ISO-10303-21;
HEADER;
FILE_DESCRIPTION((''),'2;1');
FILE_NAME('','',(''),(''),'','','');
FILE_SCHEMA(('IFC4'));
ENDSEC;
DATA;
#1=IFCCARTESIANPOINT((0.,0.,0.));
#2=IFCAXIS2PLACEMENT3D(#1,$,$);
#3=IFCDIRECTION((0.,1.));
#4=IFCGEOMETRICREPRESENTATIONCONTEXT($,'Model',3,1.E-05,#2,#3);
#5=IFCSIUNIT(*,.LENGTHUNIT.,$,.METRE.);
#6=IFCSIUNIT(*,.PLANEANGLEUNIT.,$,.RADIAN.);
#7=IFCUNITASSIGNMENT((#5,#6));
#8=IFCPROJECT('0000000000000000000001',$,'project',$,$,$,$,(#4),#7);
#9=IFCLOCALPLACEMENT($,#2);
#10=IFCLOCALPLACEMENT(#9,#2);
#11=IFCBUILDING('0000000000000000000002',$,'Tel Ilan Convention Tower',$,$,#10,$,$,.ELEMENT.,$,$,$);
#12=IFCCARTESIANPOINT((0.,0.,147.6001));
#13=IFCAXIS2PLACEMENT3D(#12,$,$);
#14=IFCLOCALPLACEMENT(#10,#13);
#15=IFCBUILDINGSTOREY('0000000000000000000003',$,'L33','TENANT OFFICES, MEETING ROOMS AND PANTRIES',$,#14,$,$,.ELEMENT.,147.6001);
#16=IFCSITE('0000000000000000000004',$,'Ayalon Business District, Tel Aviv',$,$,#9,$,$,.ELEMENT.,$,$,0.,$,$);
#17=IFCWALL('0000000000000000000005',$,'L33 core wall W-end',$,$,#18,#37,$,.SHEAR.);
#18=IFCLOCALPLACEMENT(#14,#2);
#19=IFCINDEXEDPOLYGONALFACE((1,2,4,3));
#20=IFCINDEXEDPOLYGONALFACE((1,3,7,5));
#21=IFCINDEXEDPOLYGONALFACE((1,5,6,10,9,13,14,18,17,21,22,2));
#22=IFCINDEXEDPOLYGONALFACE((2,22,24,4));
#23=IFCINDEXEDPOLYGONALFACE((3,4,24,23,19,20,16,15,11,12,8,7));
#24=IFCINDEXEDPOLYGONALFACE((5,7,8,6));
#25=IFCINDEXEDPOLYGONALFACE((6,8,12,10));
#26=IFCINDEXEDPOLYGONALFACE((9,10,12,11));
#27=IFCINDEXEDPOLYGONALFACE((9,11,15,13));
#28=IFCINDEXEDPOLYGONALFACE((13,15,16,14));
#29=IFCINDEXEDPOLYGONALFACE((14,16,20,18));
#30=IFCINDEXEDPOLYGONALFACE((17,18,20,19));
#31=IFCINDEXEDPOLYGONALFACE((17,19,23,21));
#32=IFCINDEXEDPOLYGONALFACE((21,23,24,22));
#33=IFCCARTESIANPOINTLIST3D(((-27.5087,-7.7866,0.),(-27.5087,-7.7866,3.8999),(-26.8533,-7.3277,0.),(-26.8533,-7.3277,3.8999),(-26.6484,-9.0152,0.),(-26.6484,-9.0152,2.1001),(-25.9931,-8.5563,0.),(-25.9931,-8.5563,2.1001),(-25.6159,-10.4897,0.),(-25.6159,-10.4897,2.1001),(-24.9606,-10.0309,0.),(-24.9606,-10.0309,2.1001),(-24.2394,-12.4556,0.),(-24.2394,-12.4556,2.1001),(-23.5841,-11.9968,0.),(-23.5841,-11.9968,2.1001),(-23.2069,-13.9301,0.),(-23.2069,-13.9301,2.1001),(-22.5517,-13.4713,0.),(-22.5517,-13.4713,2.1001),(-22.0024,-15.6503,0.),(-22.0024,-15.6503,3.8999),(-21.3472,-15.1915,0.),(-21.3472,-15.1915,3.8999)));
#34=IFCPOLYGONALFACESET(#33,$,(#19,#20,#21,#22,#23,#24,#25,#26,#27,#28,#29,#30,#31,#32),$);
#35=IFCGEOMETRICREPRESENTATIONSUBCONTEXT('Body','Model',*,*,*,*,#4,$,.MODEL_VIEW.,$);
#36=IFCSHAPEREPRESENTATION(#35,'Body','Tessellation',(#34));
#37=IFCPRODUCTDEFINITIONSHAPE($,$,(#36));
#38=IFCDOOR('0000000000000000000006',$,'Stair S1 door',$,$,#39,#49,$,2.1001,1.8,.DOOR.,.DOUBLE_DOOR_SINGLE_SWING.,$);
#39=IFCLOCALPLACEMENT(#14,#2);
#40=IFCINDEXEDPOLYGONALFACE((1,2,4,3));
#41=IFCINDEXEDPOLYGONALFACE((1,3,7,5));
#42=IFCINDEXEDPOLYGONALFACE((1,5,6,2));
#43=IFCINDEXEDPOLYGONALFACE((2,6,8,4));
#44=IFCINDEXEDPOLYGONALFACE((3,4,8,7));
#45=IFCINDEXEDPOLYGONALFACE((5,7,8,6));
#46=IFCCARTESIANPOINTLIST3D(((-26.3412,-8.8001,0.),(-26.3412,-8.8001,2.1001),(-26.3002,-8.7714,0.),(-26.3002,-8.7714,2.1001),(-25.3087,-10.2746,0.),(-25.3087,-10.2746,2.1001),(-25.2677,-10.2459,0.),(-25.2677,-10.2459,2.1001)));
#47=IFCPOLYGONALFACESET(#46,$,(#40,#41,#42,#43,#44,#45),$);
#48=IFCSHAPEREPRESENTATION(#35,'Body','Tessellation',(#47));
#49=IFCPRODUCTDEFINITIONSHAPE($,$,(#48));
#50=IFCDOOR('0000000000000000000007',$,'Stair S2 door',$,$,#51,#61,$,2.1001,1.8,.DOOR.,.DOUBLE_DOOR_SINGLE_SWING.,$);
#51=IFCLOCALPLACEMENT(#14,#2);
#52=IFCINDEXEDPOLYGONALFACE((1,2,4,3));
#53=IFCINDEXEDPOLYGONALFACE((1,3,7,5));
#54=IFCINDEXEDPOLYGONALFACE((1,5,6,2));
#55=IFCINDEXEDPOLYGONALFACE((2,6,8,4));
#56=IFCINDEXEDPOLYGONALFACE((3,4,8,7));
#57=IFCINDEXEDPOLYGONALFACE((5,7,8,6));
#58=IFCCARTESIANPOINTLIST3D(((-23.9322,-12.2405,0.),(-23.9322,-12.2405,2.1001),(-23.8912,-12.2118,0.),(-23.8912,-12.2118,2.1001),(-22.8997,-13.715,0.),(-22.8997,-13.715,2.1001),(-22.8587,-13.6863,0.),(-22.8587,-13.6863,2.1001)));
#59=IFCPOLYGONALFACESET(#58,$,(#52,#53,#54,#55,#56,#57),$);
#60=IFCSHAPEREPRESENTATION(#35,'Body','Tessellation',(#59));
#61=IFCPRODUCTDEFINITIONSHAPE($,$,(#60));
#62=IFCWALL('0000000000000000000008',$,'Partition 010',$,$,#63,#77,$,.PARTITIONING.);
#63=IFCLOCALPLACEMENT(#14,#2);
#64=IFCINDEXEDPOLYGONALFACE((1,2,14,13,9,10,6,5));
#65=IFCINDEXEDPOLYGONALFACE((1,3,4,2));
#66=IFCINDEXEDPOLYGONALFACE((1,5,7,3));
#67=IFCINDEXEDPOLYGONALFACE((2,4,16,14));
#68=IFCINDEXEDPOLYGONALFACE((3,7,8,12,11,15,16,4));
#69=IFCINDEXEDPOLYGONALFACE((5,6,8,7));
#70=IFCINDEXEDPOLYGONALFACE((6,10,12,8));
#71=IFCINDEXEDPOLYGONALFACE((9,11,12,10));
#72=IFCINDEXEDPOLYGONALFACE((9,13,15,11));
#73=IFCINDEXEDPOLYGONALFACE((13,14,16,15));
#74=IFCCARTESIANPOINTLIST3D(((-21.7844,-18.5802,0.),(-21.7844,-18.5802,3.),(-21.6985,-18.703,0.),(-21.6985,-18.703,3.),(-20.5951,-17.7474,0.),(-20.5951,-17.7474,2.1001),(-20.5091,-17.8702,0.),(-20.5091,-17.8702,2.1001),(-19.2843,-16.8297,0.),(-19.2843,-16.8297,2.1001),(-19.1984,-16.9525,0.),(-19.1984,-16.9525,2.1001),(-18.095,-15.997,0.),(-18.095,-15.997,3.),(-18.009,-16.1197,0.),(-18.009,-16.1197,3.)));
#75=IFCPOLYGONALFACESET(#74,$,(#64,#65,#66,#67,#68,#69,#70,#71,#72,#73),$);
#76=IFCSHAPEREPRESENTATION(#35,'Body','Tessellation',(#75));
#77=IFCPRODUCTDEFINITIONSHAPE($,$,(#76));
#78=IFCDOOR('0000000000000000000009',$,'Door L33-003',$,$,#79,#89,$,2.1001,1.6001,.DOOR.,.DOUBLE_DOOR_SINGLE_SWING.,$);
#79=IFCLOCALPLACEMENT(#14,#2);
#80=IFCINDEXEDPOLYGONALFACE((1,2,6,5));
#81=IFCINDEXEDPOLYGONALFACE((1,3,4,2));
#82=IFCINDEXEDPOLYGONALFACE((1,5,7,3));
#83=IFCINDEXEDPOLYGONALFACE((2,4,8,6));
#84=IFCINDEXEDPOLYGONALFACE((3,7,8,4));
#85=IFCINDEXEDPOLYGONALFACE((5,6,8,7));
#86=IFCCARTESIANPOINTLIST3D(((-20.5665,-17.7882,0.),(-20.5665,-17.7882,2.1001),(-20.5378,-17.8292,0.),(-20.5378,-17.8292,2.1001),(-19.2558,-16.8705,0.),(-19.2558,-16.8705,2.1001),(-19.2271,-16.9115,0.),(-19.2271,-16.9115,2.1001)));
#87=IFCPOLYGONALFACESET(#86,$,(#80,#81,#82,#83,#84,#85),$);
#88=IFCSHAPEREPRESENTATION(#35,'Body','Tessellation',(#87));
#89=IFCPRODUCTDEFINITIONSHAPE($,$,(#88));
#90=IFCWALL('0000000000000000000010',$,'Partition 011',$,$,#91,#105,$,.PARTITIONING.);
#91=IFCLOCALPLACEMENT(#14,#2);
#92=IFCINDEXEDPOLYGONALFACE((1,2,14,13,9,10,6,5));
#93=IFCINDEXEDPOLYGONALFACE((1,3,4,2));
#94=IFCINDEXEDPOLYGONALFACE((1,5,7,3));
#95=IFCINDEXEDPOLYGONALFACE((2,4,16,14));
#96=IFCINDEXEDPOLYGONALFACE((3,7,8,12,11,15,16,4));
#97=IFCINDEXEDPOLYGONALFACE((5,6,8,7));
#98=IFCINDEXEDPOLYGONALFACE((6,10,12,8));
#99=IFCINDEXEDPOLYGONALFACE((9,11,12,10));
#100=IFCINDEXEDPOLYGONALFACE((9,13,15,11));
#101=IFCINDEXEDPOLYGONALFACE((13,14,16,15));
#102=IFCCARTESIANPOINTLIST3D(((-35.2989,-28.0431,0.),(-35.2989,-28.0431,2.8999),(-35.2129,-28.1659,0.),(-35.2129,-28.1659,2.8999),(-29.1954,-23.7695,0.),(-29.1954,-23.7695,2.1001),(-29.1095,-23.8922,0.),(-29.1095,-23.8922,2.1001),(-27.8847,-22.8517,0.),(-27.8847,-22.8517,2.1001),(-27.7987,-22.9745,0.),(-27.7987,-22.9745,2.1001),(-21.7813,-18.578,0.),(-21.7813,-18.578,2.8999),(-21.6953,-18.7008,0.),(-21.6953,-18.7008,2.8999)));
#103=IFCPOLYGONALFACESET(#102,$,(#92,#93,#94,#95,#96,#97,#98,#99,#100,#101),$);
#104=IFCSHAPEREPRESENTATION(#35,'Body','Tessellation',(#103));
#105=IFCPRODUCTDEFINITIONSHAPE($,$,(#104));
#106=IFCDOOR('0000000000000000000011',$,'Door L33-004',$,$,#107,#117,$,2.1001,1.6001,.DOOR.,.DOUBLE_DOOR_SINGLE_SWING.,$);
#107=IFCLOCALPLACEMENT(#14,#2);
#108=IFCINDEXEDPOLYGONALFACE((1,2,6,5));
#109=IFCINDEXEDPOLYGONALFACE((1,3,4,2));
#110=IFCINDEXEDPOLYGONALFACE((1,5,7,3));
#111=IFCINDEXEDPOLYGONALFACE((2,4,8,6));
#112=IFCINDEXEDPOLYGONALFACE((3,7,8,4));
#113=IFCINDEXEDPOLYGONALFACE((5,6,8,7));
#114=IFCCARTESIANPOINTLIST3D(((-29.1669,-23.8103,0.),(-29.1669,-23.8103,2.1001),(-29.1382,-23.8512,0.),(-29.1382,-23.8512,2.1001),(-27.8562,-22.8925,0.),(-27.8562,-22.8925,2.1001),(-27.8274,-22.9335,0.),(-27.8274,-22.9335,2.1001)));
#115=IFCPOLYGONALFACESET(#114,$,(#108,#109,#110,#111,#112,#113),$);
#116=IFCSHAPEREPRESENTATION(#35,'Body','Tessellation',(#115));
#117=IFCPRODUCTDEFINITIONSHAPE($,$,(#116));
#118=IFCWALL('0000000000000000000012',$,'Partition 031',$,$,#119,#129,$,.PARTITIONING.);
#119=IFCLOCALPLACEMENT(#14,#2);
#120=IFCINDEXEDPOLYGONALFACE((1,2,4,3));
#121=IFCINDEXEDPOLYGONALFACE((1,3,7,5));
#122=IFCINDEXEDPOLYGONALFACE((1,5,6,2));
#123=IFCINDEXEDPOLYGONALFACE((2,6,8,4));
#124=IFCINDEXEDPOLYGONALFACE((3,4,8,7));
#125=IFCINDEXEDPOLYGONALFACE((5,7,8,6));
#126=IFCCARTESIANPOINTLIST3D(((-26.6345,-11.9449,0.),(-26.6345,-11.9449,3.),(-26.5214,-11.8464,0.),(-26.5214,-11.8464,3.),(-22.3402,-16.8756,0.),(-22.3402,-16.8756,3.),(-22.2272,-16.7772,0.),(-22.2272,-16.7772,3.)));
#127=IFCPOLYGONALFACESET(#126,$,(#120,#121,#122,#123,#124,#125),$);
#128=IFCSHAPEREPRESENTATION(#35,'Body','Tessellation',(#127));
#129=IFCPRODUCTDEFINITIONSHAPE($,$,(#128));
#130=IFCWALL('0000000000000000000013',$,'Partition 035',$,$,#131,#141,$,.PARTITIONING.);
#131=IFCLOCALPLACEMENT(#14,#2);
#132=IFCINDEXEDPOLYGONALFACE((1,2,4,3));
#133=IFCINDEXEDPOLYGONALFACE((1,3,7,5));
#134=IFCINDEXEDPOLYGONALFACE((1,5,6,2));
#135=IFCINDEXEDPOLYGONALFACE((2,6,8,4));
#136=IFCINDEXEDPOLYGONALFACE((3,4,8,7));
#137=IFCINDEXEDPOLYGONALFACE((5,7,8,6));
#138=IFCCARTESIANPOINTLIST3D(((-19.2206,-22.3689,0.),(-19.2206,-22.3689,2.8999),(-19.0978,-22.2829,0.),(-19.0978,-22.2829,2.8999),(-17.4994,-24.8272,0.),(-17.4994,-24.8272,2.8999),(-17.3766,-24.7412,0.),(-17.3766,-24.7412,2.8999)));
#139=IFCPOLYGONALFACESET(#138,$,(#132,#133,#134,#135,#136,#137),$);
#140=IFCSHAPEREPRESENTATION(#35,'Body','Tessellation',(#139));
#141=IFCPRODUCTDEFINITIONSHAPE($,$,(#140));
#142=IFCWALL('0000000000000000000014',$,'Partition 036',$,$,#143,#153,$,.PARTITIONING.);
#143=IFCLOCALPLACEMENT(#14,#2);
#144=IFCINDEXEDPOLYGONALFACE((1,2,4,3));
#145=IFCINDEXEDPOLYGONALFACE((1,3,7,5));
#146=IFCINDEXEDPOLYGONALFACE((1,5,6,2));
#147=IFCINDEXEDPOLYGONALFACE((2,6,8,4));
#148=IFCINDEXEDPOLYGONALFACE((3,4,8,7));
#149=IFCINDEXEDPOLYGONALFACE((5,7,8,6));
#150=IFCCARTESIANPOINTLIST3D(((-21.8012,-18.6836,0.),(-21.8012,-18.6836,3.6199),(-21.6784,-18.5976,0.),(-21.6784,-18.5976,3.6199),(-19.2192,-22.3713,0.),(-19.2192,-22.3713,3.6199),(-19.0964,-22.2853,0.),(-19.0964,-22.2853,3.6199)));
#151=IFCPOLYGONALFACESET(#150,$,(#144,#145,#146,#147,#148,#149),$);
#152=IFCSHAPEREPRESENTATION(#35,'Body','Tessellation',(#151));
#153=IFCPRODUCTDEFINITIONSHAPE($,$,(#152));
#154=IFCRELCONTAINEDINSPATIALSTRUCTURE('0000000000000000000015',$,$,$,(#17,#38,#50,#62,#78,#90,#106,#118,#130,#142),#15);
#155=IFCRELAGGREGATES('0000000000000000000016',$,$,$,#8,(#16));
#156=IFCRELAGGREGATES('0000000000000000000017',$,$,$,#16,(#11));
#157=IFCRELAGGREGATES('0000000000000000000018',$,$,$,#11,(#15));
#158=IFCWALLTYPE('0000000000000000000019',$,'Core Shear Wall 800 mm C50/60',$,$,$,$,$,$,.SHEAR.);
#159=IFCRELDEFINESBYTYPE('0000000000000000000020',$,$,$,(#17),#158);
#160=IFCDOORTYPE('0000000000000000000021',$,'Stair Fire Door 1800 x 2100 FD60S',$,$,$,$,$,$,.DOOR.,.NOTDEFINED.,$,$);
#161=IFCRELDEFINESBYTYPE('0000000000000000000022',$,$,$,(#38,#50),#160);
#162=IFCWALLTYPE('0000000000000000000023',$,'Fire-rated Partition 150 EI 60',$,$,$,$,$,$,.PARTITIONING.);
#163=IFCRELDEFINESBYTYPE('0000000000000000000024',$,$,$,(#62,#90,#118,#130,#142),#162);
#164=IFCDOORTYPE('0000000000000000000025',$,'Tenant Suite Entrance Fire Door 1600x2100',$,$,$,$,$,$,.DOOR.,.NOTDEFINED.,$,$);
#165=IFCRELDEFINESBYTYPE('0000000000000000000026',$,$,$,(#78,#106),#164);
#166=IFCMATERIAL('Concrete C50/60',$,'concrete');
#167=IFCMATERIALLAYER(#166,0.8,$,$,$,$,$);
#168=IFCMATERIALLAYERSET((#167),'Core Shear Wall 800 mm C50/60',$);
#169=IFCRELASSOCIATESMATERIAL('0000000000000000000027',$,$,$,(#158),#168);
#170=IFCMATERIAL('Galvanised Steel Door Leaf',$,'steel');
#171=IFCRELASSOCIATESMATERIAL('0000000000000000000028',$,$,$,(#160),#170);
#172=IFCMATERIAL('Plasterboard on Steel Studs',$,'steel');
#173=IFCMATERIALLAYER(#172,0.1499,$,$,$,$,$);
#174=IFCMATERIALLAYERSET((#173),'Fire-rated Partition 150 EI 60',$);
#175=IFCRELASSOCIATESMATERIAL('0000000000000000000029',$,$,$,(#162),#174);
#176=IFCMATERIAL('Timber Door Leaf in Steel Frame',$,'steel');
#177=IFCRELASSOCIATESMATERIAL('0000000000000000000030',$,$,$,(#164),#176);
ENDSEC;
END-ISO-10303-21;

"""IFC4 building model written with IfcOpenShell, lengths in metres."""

from ifc_helpers import new_model, si_unit, direction, frame, frame_2d, origin, place, context, subcontext, project, spatial, polyline, rectangle, outline, extrude, material, layer, layer_set, type_object, element, fill, save


model = new_model("IFC4")

# Units and contexts
model_context = context("Model", 3, precision=1e-05, world=origin(), true_north=direction((0.0, 1.0)))
body_context = subcontext(model_context, "Body", "Model", "MODEL_VIEW")
ifc_project = project(units=[si_unit("LENGTHUNIT", "METRE"), si_unit("PLANEANGLEUNIT", "RADIAN")], contexts=[model_context])

# Site, building, storey
site_placement = place(None, origin())
site = spatial("IfcSite", under=ifc_project, at=site_placement, Name="Ayalon Business District, Tel Aviv", CompositionType="ELEMENT", RefElevation=0.0)
building_placement = place(site_placement, origin())
building = spatial("IfcBuilding", under=site, at=building_placement, Name="Tel Ilan Convention Tower", CompositionType="ELEMENT")
storey_placement = place(building_placement, frame((0.0, 0.0, 147.6001)))
storey = spatial("IfcBuildingStorey", under=building, at=storey_placement, Name="L33", Description="TENANT OFFICES, MEETING ROOMS AND PANTRIES", CompositionType="ELEMENT", Elevation=147.6001)

# Wall, openings, doors
ifc_material_1 = material(Name="Concrete C50/60", Category="concrete")
ifc_layer_1 = layer(ifc_material_1, 0.8)
ifc_layer_set_1 = layer_set([ifc_layer_1], Name="Core Shear Wall 800 mm C50/60")
wall_type_1 = type_object("IfcWallType", Name="Core Shear Wall 800 mm C50/60", PredefinedType="SHEAR", material=ifc_layer_set_1)
wall_1_placement = place(storey_placement, frame((-21.6748, -15.4209, 0.0), z_axis=(0.0, 0.0, 1.0), x_axis=(-0.573582, 0.819148, 0.0)))
wall_1 = element("IfcWall", 1, at=wall_1_placement, inside=storey, type_object=wall_type_1, Name="L33 core wall W-end", PredefinedType="SHEAR", context=body_context, shape_type="SweptSolid", body=[
    extrude(outline(polyline([(0.0, 0.3999), (0.0, -0.3999), (9.5999, -0.4001), (9.5999, 0.3999), (0.0, 0.3999)])), origin(), (0.0, 0.0, 1.0), 3.8999),
])
opening_1_placement = place(wall_1_placement, frame((6.3, 0.0, 0.0)))
opening_1 = element("IfcOpeningElement", 2, at=opening_1_placement, cuts=wall_1, PredefinedType="OPENING", context=body_context, shape_type="SweptSolid", body=[
    extrude(rectangle(XDim=1.8, YDim=2.1001, at=frame_2d((0.8999, 1.05))), frame((0.0, 0.4099, 0.0), z_axis=(0.0, -1.0, 0.0), x_axis=(1.0, 0.0, 0.0)), (0.0, 0.0, 1.0), 0.8201),
])
opening_2_placement = place(wall_1_placement, frame((2.1001, 0.0, 0.0)))
opening_2 = element("IfcOpeningElement", 3, at=opening_2_placement, cuts=wall_1, PredefinedType="OPENING", context=body_context, shape_type="SweptSolid", body=[
    extrude(rectangle(XDim=1.8, YDim=2.1001, at=frame_2d((0.8999, 1.05))), frame((0.0, 0.4099, 0.0), z_axis=(0.0, -1.0, 0.0), x_axis=(1.0, 0.0, 0.0)), (0.0, 0.0, 1.0), 0.8201),
])
ifc_material_2 = material(Name="Galvanised Steel Door Leaf", Category="steel")
door_type_1 = type_object("IfcDoorType", Name="Stair Fire Door 1800 x 2100 FD60S", OperationType="NOTDEFINED", PredefinedType="DOOR", material=ifc_material_2)
door_1_placement = place(opening_1_placement, origin())
door_1 = element("IfcDoor", 4, at=door_1_placement, inside=storey, type_object=door_type_1, Name="Stair S1 door", OperationType="DOUBLE_DOOR_SINGLE_SWING", OverallHeight=2.1001, OverallWidth=1.8, PredefinedType="DOOR", context=body_context, shape_type="SweptSolid", body=[
    extrude(rectangle(XDim=1.8, YDim=2.1001, at=frame_2d((0.8999, 1.05))), frame((0.0, 0.0249, 0.0), z_axis=(0.0, -1.0, 0.0), x_axis=(1.0, 0.0, 0.0)), (0.0, 0.0, 1.0), 0.05),
])
fill(opening_1, door_1)
door_2_placement = place(opening_2_placement, origin())
door_2 = element("IfcDoor", 5, at=door_2_placement, inside=storey, type_object=door_type_1, Name="Stair S2 door", OperationType="DOUBLE_DOOR_SINGLE_SWING", OverallHeight=2.1001, OverallWidth=1.8, PredefinedType="DOOR", context=body_context, shape_type="SweptSolid", body=[
    extrude(rectangle(XDim=1.8, YDim=2.1001, at=frame_2d((0.8999, 1.05))), frame((0.0, 0.0249, 0.0), z_axis=(0.0, -1.0, 0.0), x_axis=(1.0, 0.0, 0.0)), (0.0, 0.0, 1.0), 0.05),
])
fill(opening_2, door_2)

# Walls, openings, doors
ifc_material_3 = material(Name="Plasterboard on Steel Studs", Category="steel")
ifc_layer_2 = layer(ifc_material_3, 0.1499)
ifc_layer_set_2 = layer_set([ifc_layer_2], Name="Fire-rated Partition 150 EI 60")
wall_type_2 = type_object("IfcWallType", Name="Fire-rated Partition 150 EI 60", PredefinedType="PARTITIONING", material=ifc_layer_set_2)
wall_2_placement = place(storey_placement, frame((-18.052, -16.0583, 0.0), z_axis=(0.0, 0.0, 1.0), x_axis=(-0.819166, -0.573557, 0.0)))
wall_2 = element("IfcWall", 6, at=wall_2_placement, inside=storey, type_object=wall_type_2, Name="Partition 010", PredefinedType="PARTITIONING", context=body_context, shape_type="SweptSolid", body=[
    extrude(rectangle(XDim=4.5039, YDim=0.1499, at=frame_2d((2.252, 0.0))), origin(), (0.0, 0.0, 1.0), 3.0),
])
opening_3_placement = place(wall_2_placement, frame((1.4519, 0.0, 0.0)))
opening_3 = element("IfcOpeningElement", 7, at=opening_3_placement, cuts=wall_2, PredefinedType="OPENING", context=body_context, shape_type="SweptSolid", body=[
    extrude(rectangle(XDim=1.6001, YDim=2.1001, at=frame_2d((0.8, 1.05))), frame((0.0, 0.085, 0.0), z_axis=(0.0, -1.0, 0.0), x_axis=(1.0, 0.0, 0.0)), (0.0, 0.0, 1.0), 0.1699),
])
ifc_material_4 = material(Name="Timber Door Leaf in Steel Frame", Category="steel")
door_type_2 = type_object("IfcDoorType", Name="Tenant Suite Entrance Fire Door 1600x2100", OperationType="NOTDEFINED", PredefinedType="DOOR", material=ifc_material_4)
door_3_placement = place(opening_3_placement, origin())
door_3 = element("IfcDoor", 8, at=door_3_placement, inside=storey, type_object=door_type_2, Name="Door L33-003", OperationType="DOUBLE_DOOR_SINGLE_SWING", OverallHeight=2.1001, OverallWidth=1.6001, PredefinedType="DOOR", context=body_context, shape_type="SweptSolid", body=[
    extrude(rectangle(XDim=1.6001, YDim=2.1001, at=frame_2d((0.8, 1.05))), frame((0.0, 0.0249, 0.0), z_axis=(0.0, -1.0, 0.0), x_axis=(1.0, 0.0, 0.0)), (0.0, 0.0, 1.0), 0.05),
])
fill(opening_3, door_3)
wall_3_placement = place(storey_placement, frame((-21.7383, -18.6394, 0.0), z_axis=(0.0, 0.0, 1.0), x_axis=(-0.819153, -0.573576, 0.0)))
wall_3 = element("IfcWall", 9, at=wall_3_placement, inside=storey, type_object=wall_type_2, Name="Partition 011", PredefinedType="PARTITIONING", context=body_context, shape_type="SweptSolid", body=[
    extrude(rectangle(XDim=16.502, YDim=0.1499, at=frame_2d((8.251, 0.0))), origin(), (0.0, 0.0, 1.0), 2.8999),
])
opening_4_placement = place(wall_3_placement, frame((7.4509, 0.0, 0.0)))
opening_4 = element("IfcOpeningElement", 10, at=opening_4_placement, cuts=wall_3, PredefinedType="OPENING", context=body_context, shape_type="SweptSolid", body=[
    extrude(rectangle(XDim=1.6001, YDim=2.1001, at=frame_2d((0.8, 1.05))), frame((0.0, 0.085, 0.0), z_axis=(0.0, -1.0, 0.0), x_axis=(1.0, 0.0, 0.0)), (0.0, 0.0, 1.0), 0.1699),
])
door_4_placement = place(opening_4_placement, origin())
door_4 = element("IfcDoor", 11, at=door_4_placement, inside=storey, type_object=door_type_2, Name="Door L33-004", OperationType="DOUBLE_DOOR_SINGLE_SWING", OverallHeight=2.1001, OverallWidth=1.6001, PredefinedType="DOOR", context=body_context, shape_type="SweptSolid", body=[
    extrude(rectangle(XDim=1.6001, YDim=2.1001, at=frame_2d((0.8, 1.05))), frame((0.0, 0.0249, 0.0), z_axis=(0.0, -1.0, 0.0), x_axis=(1.0, 0.0, 0.0)), (0.0, 0.0, 1.0), 0.05),
])
fill(opening_4, door_4)

# Walls
wall_4_placement = place(storey_placement, frame((-22.2837, -16.8264, 0.0), z_axis=(0.0, 0.0, 1.0), x_axis=(-0.656758, 0.754101, 0.0)))
element("IfcWall", 12, at=wall_4_placement, inside=storey, type_object=wall_type_2, Name="Partition 031", PredefinedType="PARTITIONING", context=body_context, shape_type="SweptSolid", body=[
    extrude(rectangle(XDim=6.5386, YDim=0.1499, at=frame_2d((3.2693, 0.0))), origin(), (0.0, 0.0, 1.0), 3.0),
])
wall_5_placement = place(storey_placement, frame((-17.438, -24.7842, 0.0), z_axis=(0.0, 0.0, 1.0), x_axis=(-0.573555, 0.819167, 0.0)))
element("IfcWall", 13, at=wall_5_placement, inside=storey, type_object=wall_type_2, Name="Partition 035", PredefinedType="PARTITIONING", context=body_context, shape_type="SweptSolid", body=[
    extrude(rectangle(XDim=3.001, YDim=0.1499, at=frame_2d((1.5005, 0.0))), origin(), (0.0, 0.0, 1.0), 2.8999),
])
wall_6_placement = place(storey_placement, frame((-19.1577, -22.3284, 0.0), z_axis=(0.0, 0.0, 1.0), x_axis=(-0.573553, 0.819168, 0.0)))
element("IfcWall", 14, at=wall_6_placement, inside=storey, type_object=wall_type_2, Name="Partition 036", PredefinedType="PARTITIONING", context=body_context, shape_type="SweptSolid", body=[
    extrude(rectangle(XDim=4.5017, YDim=0.1499, at=frame_2d((2.251, 0.0))), origin(), (0.0, 0.0, 1.0), 3.6199),
])

save(model, "model.ifc")
